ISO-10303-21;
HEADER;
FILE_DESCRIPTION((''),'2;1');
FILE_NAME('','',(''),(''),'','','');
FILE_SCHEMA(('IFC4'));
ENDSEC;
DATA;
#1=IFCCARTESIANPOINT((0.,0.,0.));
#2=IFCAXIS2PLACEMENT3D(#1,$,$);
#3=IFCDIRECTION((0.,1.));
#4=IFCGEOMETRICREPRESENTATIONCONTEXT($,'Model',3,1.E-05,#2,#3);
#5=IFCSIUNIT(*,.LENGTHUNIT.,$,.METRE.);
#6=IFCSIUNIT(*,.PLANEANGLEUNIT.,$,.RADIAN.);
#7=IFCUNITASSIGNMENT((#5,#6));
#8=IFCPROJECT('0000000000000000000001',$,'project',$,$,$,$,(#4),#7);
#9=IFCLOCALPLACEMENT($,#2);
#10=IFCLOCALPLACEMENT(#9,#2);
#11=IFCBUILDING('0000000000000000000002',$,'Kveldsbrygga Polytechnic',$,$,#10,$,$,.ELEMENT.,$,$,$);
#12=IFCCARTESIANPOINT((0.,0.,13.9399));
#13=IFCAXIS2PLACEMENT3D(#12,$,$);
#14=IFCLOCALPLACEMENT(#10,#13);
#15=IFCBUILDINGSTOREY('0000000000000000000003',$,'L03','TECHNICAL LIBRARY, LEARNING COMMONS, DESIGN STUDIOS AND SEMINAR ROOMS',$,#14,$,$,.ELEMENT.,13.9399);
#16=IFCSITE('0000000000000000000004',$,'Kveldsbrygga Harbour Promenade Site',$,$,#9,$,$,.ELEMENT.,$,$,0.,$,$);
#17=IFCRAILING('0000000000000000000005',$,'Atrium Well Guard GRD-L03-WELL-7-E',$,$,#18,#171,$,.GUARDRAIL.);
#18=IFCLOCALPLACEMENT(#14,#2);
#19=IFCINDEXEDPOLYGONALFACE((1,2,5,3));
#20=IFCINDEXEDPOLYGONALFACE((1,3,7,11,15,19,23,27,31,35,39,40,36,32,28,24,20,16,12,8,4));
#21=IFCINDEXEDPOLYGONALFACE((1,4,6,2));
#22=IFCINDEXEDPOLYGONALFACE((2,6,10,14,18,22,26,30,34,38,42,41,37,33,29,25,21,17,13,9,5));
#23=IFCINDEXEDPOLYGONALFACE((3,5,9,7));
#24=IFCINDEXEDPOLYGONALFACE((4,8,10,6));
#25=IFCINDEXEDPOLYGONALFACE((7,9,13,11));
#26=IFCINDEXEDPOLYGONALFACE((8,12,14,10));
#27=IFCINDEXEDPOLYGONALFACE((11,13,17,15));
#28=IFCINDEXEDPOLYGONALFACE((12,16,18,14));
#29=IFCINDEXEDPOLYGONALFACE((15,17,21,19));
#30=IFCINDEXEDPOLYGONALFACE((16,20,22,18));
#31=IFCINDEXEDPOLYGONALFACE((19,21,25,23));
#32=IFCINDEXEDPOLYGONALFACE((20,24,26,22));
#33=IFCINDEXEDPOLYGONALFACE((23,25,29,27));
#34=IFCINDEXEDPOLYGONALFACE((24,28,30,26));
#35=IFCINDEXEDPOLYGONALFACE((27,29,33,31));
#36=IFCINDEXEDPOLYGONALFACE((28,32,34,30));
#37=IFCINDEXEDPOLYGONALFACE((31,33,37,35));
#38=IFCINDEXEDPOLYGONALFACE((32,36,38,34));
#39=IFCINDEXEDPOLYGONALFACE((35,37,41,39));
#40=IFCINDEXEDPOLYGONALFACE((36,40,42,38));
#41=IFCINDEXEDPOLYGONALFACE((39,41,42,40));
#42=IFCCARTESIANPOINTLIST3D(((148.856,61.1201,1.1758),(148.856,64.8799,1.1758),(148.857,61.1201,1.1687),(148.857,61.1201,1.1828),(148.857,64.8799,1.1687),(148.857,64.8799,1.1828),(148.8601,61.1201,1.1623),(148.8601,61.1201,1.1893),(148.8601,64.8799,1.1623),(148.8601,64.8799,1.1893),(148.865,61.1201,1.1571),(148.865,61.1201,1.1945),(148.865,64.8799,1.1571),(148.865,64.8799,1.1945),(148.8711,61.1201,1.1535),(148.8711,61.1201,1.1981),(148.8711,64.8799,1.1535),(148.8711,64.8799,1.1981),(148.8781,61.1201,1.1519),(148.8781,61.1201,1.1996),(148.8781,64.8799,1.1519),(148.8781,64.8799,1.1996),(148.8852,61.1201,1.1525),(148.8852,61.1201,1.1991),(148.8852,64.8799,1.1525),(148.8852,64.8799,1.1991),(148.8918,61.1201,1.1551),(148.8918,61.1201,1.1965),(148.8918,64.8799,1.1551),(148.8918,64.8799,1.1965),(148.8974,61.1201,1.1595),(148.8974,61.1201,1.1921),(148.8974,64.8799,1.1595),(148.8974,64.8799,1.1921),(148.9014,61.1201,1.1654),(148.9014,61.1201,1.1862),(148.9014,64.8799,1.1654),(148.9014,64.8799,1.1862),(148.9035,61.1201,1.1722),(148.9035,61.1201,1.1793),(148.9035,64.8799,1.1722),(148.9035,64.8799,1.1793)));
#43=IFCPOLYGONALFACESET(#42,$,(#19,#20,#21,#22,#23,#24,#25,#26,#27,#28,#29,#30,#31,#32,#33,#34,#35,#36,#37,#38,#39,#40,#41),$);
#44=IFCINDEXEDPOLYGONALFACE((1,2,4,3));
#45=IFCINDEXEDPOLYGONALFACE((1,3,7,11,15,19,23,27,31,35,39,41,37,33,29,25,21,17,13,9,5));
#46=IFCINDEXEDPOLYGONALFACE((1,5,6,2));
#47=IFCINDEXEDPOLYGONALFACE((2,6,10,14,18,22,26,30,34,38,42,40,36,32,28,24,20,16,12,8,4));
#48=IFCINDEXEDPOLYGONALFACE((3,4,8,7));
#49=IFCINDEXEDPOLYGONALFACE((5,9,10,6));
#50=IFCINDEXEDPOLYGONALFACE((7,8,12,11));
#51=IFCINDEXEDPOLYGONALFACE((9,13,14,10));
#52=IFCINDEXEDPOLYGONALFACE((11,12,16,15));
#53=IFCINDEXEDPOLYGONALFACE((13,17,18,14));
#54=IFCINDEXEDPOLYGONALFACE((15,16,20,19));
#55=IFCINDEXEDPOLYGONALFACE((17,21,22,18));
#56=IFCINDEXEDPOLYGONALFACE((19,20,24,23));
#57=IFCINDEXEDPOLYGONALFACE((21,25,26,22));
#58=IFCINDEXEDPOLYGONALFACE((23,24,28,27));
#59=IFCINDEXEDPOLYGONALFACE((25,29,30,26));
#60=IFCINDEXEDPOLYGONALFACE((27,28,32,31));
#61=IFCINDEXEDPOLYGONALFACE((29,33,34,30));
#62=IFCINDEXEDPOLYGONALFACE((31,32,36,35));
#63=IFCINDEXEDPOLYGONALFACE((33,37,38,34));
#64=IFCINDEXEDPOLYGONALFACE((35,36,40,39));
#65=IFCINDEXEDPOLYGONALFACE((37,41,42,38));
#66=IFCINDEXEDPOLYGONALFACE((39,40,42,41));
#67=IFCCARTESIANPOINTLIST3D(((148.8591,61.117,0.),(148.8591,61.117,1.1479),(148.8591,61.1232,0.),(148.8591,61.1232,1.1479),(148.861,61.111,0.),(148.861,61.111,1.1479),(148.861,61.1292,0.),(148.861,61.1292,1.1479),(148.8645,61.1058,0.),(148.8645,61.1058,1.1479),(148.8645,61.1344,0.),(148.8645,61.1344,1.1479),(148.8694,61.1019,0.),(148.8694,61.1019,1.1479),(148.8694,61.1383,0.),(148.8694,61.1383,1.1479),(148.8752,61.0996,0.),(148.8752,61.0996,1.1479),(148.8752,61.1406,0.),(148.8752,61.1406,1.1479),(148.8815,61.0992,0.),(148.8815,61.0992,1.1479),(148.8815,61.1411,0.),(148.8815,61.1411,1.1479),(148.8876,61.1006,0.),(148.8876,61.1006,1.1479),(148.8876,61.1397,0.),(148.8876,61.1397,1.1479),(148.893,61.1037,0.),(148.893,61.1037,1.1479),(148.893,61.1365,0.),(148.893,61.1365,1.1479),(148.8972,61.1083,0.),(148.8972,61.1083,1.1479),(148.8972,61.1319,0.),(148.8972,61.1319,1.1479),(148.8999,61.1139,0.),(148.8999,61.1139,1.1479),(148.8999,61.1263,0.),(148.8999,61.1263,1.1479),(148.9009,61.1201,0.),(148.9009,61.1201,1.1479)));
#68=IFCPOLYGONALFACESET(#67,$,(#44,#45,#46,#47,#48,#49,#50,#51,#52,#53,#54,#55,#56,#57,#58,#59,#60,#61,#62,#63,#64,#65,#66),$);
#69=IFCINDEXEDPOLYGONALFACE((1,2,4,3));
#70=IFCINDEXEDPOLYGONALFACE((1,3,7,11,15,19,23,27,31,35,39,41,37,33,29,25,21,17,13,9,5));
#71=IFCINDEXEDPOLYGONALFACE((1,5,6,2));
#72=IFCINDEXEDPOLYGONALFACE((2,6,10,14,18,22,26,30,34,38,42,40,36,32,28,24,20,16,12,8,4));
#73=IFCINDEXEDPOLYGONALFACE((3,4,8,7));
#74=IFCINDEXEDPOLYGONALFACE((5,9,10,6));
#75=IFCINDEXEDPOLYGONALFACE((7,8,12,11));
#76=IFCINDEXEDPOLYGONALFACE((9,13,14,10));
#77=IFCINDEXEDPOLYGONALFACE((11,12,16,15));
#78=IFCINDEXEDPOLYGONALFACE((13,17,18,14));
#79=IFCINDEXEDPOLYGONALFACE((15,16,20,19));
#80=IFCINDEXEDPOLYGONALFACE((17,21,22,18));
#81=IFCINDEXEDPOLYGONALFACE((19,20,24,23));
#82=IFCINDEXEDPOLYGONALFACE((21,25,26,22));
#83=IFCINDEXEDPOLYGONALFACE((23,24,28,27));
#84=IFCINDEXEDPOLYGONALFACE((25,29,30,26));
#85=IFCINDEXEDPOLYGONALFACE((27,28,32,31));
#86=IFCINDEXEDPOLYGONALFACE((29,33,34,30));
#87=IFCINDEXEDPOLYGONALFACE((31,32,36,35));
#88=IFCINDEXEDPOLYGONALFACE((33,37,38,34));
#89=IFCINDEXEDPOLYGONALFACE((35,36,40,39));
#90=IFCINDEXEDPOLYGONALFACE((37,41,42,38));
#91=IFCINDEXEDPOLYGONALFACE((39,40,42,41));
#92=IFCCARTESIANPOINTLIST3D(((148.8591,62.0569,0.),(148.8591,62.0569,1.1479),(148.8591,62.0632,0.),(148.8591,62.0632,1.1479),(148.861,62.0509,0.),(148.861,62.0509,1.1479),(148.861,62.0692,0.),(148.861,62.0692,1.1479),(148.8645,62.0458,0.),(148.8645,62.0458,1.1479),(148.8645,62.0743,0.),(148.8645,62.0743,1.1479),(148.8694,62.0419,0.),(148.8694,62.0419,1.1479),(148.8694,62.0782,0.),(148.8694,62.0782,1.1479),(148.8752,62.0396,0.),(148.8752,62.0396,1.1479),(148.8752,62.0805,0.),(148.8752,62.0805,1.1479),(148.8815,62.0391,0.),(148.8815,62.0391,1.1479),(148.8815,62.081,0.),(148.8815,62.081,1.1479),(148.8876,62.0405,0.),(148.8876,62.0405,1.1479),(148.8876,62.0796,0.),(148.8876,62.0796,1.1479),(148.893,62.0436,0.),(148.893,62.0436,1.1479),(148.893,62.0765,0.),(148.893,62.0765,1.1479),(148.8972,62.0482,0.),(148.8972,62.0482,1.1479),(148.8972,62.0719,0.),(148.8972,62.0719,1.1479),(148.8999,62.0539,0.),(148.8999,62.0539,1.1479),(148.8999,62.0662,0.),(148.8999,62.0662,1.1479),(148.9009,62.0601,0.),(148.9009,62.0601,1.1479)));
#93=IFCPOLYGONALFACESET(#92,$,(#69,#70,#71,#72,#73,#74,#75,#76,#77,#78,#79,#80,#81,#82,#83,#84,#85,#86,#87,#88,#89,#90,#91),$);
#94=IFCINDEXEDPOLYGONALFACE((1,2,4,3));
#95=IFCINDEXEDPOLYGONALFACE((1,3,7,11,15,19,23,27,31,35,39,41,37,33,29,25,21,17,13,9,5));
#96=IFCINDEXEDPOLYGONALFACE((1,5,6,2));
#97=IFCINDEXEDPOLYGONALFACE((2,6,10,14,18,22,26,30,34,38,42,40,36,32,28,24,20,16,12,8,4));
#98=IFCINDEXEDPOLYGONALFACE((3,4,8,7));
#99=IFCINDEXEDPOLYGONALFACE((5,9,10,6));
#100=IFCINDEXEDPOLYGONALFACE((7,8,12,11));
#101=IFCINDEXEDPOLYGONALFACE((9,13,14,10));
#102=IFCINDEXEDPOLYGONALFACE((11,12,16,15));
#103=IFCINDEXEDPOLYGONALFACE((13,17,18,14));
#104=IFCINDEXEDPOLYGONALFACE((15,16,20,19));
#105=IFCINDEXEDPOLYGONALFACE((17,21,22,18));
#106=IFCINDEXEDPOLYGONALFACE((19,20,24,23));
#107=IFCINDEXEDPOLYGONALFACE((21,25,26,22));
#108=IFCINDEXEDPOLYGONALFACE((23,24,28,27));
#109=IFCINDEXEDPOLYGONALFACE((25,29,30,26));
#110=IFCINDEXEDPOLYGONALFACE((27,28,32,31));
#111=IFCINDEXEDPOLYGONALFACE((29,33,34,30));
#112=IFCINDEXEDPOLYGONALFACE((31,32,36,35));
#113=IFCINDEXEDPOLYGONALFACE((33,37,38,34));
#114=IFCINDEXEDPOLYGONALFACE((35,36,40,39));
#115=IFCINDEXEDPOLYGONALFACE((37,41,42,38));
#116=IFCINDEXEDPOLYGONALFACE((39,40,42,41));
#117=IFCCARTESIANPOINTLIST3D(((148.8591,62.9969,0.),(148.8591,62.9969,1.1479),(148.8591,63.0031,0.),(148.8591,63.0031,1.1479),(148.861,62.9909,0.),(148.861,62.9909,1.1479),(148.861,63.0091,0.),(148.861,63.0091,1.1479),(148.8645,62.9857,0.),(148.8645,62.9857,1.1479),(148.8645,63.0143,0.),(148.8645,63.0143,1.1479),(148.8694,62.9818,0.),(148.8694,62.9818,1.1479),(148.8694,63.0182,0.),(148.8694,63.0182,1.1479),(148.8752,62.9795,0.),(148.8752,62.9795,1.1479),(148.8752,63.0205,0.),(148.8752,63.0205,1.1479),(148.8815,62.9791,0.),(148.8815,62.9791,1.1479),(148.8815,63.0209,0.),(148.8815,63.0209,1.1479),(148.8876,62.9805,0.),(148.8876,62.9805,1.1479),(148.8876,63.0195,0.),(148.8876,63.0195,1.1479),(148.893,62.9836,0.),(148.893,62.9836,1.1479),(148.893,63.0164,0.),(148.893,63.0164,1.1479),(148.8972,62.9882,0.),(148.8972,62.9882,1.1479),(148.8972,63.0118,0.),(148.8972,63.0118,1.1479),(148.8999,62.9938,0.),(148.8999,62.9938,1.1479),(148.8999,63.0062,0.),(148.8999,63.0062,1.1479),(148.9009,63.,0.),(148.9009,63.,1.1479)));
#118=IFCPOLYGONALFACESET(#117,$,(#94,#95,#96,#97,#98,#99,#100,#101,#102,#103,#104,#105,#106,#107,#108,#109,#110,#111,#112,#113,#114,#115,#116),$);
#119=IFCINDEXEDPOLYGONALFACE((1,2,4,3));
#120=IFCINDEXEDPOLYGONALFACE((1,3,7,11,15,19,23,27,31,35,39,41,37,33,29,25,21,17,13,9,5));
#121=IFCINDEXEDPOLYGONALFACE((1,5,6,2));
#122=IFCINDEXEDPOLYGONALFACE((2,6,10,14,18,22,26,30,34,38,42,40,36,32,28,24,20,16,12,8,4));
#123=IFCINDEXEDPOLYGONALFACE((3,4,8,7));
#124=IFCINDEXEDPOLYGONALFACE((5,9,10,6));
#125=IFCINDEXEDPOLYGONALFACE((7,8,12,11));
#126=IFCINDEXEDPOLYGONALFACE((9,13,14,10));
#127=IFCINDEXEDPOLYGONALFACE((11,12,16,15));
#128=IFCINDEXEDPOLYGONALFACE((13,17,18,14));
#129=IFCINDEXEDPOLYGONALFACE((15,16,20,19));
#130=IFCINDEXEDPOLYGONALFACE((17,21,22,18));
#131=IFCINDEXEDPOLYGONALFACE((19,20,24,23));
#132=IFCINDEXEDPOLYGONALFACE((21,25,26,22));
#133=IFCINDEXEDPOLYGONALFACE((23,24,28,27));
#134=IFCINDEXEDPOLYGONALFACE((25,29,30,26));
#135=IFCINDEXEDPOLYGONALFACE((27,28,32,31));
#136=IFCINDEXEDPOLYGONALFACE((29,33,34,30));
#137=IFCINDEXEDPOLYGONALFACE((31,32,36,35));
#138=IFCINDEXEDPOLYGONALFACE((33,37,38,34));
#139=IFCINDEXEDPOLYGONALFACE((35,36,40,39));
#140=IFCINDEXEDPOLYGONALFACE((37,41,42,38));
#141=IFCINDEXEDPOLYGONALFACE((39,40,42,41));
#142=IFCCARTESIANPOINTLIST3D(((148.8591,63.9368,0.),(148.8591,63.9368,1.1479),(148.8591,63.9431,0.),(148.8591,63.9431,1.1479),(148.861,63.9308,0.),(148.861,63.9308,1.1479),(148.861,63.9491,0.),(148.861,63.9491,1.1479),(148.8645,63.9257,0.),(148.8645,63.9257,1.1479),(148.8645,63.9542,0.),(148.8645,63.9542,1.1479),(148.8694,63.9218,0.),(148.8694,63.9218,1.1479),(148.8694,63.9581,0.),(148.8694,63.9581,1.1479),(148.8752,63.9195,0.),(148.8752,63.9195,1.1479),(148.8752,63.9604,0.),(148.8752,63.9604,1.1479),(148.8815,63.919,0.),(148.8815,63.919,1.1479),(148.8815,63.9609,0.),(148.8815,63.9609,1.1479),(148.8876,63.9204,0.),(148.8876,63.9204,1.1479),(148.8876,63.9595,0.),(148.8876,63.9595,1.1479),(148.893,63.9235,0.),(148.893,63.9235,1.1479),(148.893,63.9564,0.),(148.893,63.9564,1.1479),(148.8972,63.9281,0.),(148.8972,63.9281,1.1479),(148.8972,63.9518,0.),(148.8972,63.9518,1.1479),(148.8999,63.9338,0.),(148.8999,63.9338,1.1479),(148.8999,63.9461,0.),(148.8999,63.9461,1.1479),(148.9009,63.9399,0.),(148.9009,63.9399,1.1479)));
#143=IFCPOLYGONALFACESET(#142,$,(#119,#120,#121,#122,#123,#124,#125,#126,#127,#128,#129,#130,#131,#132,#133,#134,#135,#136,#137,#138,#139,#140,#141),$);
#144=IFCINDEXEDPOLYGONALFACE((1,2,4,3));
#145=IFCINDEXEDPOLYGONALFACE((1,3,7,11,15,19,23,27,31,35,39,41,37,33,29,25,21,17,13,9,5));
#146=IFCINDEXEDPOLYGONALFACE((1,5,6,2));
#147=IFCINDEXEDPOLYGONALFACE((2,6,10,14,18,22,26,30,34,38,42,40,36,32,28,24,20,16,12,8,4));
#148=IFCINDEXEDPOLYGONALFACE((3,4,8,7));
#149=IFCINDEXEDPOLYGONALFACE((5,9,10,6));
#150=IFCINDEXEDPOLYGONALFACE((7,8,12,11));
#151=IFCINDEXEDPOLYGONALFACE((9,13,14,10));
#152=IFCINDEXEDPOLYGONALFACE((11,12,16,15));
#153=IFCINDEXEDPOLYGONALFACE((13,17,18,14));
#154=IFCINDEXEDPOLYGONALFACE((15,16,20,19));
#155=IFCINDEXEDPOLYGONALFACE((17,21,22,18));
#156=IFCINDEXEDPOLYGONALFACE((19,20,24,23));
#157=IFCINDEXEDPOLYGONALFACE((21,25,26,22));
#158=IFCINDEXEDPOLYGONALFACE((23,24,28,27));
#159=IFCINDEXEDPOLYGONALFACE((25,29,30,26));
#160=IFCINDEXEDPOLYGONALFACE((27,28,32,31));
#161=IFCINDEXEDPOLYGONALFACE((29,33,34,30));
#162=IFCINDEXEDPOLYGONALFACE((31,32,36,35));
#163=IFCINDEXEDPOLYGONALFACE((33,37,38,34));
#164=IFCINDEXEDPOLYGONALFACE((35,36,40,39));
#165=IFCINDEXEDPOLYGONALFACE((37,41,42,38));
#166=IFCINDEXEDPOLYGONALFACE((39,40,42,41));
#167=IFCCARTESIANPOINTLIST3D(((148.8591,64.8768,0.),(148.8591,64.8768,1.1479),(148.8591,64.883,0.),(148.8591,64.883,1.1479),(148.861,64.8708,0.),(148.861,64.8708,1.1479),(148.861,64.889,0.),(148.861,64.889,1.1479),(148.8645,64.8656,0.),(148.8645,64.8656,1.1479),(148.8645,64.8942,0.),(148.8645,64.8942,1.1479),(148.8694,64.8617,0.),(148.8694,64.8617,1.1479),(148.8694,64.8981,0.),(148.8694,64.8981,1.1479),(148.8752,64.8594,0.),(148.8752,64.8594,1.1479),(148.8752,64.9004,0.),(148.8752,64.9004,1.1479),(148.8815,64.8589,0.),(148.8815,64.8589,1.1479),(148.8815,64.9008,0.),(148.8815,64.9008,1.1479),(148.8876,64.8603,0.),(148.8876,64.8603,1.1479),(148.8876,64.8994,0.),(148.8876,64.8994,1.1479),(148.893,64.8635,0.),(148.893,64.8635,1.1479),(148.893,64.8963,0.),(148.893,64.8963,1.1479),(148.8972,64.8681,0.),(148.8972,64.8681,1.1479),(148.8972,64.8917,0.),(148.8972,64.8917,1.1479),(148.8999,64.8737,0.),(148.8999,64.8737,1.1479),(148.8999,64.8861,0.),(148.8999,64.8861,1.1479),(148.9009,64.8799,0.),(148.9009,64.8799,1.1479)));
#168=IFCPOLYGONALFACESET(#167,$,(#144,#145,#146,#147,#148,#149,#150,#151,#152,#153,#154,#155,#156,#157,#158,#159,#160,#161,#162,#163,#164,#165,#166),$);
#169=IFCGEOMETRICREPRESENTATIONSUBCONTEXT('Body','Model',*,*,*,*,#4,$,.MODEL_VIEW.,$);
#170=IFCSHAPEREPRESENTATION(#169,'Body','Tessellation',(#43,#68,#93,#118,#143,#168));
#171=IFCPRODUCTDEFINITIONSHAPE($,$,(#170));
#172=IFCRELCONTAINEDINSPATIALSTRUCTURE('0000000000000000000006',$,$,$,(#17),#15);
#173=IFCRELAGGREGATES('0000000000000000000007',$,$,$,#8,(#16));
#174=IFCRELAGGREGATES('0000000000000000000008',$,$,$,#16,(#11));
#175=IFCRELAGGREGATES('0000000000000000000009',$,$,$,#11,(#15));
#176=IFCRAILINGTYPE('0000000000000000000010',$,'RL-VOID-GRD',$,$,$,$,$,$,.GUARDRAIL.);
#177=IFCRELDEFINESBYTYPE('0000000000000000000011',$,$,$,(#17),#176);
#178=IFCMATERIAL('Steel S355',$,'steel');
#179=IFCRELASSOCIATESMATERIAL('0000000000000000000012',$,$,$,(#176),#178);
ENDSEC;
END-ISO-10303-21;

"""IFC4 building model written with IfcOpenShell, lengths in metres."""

from ifc_helpers import new_model, si_unit, direction, frame, origin, origin_2d, place, context, subcontext, project, spatial, circle, extrude, material, type_object, element, save


model = new_model("IFC4")

# Units and contexts
model_context = context("Model", 3, precision=1e-05, world=origin(), true_north=direction((0.0, 1.0)))
body_context = subcontext(model_context, "Body", "Model", "MODEL_VIEW")
ifc_project = project(units=[si_unit("LENGTHUNIT", "METRE"), si_unit("PLANEANGLEUNIT", "RADIAN")], contexts=[model_context])

# Site, building, storey
site_placement = place(None, origin())
site = spatial("IfcSite", under=ifc_project, at=site_placement, Name="Kveldsbrygga Harbour Promenade Site", CompositionType="ELEMENT", RefElevation=0.0)
building_placement = place(site_placement, origin())
building = spatial("IfcBuilding", under=site, at=building_placement, Name="Kveldsbrygga Polytechnic", CompositionType="ELEMENT")
storey_placement = place(building_placement, frame((0.0, 0.0, 13.9399)))
storey = spatial("IfcBuildingStorey", under=building, at=storey_placement, Name="L03", Description="TECHNICAL LIBRARY, LEARNING COMMONS, DESIGN STUDIOS AND SEMINAR ROOMS", CompositionType="ELEMENT", Elevation=13.9399)

# Shared definitions
ifc_material_1 = material(Name="Steel S355", Category="steel")

# Railing
railing_type = type_object("IfcRailingType", Name="RL-VOID-GRD", PredefinedType="GUARDRAIL", material=ifc_material_1)
railing_1_placement = place(storey_placement, frame((148.8799, 61.1201, 0.0)))
element("IfcRailing", 1, at=railing_1_placement, inside=storey, type_object=railing_type, Name="Atrium Well Guard GRD-L03-WELL-7-E", PredefinedType="GUARDRAIL", context=body_context, shape_type="SweptSolid", body=[
    extrude(circle(Radius=0.0239, at=origin_2d()), frame((0.0, 0.0, 1.1758), z_axis=(0.0, 1.0, 0.0), x_axis=(-1.0, 0.0, 0.0)), (0.0, 0.0, 1.0), 3.7598),
    extrude(circle(Radius=0.021, at=origin_2d()), origin(), (0.0, 0.0, 1.0), 1.1479),
    extrude(circle(Radius=0.021, at=origin_2d()), frame((0.0, 0.9399, 0.0)), (0.0, 0.0, 1.0), 1.1479),
    extrude(circle(Radius=0.021, at=origin_2d()), frame((0.0, 1.8799, 0.0)), (0.0, 0.0, 1.0), 1.1479),
    extrude(circle(Radius=0.021, at=origin_2d()), frame((0.0, 2.8198, 0.0)), (0.0, 0.0, 1.0), 1.1479),
    extrude(circle(Radius=0.021, at=origin_2d()), frame((0.0, 3.7598, 0.0)), (0.0, 0.0, 1.0), 1.1479),
])

save(model, "model.ifc")
